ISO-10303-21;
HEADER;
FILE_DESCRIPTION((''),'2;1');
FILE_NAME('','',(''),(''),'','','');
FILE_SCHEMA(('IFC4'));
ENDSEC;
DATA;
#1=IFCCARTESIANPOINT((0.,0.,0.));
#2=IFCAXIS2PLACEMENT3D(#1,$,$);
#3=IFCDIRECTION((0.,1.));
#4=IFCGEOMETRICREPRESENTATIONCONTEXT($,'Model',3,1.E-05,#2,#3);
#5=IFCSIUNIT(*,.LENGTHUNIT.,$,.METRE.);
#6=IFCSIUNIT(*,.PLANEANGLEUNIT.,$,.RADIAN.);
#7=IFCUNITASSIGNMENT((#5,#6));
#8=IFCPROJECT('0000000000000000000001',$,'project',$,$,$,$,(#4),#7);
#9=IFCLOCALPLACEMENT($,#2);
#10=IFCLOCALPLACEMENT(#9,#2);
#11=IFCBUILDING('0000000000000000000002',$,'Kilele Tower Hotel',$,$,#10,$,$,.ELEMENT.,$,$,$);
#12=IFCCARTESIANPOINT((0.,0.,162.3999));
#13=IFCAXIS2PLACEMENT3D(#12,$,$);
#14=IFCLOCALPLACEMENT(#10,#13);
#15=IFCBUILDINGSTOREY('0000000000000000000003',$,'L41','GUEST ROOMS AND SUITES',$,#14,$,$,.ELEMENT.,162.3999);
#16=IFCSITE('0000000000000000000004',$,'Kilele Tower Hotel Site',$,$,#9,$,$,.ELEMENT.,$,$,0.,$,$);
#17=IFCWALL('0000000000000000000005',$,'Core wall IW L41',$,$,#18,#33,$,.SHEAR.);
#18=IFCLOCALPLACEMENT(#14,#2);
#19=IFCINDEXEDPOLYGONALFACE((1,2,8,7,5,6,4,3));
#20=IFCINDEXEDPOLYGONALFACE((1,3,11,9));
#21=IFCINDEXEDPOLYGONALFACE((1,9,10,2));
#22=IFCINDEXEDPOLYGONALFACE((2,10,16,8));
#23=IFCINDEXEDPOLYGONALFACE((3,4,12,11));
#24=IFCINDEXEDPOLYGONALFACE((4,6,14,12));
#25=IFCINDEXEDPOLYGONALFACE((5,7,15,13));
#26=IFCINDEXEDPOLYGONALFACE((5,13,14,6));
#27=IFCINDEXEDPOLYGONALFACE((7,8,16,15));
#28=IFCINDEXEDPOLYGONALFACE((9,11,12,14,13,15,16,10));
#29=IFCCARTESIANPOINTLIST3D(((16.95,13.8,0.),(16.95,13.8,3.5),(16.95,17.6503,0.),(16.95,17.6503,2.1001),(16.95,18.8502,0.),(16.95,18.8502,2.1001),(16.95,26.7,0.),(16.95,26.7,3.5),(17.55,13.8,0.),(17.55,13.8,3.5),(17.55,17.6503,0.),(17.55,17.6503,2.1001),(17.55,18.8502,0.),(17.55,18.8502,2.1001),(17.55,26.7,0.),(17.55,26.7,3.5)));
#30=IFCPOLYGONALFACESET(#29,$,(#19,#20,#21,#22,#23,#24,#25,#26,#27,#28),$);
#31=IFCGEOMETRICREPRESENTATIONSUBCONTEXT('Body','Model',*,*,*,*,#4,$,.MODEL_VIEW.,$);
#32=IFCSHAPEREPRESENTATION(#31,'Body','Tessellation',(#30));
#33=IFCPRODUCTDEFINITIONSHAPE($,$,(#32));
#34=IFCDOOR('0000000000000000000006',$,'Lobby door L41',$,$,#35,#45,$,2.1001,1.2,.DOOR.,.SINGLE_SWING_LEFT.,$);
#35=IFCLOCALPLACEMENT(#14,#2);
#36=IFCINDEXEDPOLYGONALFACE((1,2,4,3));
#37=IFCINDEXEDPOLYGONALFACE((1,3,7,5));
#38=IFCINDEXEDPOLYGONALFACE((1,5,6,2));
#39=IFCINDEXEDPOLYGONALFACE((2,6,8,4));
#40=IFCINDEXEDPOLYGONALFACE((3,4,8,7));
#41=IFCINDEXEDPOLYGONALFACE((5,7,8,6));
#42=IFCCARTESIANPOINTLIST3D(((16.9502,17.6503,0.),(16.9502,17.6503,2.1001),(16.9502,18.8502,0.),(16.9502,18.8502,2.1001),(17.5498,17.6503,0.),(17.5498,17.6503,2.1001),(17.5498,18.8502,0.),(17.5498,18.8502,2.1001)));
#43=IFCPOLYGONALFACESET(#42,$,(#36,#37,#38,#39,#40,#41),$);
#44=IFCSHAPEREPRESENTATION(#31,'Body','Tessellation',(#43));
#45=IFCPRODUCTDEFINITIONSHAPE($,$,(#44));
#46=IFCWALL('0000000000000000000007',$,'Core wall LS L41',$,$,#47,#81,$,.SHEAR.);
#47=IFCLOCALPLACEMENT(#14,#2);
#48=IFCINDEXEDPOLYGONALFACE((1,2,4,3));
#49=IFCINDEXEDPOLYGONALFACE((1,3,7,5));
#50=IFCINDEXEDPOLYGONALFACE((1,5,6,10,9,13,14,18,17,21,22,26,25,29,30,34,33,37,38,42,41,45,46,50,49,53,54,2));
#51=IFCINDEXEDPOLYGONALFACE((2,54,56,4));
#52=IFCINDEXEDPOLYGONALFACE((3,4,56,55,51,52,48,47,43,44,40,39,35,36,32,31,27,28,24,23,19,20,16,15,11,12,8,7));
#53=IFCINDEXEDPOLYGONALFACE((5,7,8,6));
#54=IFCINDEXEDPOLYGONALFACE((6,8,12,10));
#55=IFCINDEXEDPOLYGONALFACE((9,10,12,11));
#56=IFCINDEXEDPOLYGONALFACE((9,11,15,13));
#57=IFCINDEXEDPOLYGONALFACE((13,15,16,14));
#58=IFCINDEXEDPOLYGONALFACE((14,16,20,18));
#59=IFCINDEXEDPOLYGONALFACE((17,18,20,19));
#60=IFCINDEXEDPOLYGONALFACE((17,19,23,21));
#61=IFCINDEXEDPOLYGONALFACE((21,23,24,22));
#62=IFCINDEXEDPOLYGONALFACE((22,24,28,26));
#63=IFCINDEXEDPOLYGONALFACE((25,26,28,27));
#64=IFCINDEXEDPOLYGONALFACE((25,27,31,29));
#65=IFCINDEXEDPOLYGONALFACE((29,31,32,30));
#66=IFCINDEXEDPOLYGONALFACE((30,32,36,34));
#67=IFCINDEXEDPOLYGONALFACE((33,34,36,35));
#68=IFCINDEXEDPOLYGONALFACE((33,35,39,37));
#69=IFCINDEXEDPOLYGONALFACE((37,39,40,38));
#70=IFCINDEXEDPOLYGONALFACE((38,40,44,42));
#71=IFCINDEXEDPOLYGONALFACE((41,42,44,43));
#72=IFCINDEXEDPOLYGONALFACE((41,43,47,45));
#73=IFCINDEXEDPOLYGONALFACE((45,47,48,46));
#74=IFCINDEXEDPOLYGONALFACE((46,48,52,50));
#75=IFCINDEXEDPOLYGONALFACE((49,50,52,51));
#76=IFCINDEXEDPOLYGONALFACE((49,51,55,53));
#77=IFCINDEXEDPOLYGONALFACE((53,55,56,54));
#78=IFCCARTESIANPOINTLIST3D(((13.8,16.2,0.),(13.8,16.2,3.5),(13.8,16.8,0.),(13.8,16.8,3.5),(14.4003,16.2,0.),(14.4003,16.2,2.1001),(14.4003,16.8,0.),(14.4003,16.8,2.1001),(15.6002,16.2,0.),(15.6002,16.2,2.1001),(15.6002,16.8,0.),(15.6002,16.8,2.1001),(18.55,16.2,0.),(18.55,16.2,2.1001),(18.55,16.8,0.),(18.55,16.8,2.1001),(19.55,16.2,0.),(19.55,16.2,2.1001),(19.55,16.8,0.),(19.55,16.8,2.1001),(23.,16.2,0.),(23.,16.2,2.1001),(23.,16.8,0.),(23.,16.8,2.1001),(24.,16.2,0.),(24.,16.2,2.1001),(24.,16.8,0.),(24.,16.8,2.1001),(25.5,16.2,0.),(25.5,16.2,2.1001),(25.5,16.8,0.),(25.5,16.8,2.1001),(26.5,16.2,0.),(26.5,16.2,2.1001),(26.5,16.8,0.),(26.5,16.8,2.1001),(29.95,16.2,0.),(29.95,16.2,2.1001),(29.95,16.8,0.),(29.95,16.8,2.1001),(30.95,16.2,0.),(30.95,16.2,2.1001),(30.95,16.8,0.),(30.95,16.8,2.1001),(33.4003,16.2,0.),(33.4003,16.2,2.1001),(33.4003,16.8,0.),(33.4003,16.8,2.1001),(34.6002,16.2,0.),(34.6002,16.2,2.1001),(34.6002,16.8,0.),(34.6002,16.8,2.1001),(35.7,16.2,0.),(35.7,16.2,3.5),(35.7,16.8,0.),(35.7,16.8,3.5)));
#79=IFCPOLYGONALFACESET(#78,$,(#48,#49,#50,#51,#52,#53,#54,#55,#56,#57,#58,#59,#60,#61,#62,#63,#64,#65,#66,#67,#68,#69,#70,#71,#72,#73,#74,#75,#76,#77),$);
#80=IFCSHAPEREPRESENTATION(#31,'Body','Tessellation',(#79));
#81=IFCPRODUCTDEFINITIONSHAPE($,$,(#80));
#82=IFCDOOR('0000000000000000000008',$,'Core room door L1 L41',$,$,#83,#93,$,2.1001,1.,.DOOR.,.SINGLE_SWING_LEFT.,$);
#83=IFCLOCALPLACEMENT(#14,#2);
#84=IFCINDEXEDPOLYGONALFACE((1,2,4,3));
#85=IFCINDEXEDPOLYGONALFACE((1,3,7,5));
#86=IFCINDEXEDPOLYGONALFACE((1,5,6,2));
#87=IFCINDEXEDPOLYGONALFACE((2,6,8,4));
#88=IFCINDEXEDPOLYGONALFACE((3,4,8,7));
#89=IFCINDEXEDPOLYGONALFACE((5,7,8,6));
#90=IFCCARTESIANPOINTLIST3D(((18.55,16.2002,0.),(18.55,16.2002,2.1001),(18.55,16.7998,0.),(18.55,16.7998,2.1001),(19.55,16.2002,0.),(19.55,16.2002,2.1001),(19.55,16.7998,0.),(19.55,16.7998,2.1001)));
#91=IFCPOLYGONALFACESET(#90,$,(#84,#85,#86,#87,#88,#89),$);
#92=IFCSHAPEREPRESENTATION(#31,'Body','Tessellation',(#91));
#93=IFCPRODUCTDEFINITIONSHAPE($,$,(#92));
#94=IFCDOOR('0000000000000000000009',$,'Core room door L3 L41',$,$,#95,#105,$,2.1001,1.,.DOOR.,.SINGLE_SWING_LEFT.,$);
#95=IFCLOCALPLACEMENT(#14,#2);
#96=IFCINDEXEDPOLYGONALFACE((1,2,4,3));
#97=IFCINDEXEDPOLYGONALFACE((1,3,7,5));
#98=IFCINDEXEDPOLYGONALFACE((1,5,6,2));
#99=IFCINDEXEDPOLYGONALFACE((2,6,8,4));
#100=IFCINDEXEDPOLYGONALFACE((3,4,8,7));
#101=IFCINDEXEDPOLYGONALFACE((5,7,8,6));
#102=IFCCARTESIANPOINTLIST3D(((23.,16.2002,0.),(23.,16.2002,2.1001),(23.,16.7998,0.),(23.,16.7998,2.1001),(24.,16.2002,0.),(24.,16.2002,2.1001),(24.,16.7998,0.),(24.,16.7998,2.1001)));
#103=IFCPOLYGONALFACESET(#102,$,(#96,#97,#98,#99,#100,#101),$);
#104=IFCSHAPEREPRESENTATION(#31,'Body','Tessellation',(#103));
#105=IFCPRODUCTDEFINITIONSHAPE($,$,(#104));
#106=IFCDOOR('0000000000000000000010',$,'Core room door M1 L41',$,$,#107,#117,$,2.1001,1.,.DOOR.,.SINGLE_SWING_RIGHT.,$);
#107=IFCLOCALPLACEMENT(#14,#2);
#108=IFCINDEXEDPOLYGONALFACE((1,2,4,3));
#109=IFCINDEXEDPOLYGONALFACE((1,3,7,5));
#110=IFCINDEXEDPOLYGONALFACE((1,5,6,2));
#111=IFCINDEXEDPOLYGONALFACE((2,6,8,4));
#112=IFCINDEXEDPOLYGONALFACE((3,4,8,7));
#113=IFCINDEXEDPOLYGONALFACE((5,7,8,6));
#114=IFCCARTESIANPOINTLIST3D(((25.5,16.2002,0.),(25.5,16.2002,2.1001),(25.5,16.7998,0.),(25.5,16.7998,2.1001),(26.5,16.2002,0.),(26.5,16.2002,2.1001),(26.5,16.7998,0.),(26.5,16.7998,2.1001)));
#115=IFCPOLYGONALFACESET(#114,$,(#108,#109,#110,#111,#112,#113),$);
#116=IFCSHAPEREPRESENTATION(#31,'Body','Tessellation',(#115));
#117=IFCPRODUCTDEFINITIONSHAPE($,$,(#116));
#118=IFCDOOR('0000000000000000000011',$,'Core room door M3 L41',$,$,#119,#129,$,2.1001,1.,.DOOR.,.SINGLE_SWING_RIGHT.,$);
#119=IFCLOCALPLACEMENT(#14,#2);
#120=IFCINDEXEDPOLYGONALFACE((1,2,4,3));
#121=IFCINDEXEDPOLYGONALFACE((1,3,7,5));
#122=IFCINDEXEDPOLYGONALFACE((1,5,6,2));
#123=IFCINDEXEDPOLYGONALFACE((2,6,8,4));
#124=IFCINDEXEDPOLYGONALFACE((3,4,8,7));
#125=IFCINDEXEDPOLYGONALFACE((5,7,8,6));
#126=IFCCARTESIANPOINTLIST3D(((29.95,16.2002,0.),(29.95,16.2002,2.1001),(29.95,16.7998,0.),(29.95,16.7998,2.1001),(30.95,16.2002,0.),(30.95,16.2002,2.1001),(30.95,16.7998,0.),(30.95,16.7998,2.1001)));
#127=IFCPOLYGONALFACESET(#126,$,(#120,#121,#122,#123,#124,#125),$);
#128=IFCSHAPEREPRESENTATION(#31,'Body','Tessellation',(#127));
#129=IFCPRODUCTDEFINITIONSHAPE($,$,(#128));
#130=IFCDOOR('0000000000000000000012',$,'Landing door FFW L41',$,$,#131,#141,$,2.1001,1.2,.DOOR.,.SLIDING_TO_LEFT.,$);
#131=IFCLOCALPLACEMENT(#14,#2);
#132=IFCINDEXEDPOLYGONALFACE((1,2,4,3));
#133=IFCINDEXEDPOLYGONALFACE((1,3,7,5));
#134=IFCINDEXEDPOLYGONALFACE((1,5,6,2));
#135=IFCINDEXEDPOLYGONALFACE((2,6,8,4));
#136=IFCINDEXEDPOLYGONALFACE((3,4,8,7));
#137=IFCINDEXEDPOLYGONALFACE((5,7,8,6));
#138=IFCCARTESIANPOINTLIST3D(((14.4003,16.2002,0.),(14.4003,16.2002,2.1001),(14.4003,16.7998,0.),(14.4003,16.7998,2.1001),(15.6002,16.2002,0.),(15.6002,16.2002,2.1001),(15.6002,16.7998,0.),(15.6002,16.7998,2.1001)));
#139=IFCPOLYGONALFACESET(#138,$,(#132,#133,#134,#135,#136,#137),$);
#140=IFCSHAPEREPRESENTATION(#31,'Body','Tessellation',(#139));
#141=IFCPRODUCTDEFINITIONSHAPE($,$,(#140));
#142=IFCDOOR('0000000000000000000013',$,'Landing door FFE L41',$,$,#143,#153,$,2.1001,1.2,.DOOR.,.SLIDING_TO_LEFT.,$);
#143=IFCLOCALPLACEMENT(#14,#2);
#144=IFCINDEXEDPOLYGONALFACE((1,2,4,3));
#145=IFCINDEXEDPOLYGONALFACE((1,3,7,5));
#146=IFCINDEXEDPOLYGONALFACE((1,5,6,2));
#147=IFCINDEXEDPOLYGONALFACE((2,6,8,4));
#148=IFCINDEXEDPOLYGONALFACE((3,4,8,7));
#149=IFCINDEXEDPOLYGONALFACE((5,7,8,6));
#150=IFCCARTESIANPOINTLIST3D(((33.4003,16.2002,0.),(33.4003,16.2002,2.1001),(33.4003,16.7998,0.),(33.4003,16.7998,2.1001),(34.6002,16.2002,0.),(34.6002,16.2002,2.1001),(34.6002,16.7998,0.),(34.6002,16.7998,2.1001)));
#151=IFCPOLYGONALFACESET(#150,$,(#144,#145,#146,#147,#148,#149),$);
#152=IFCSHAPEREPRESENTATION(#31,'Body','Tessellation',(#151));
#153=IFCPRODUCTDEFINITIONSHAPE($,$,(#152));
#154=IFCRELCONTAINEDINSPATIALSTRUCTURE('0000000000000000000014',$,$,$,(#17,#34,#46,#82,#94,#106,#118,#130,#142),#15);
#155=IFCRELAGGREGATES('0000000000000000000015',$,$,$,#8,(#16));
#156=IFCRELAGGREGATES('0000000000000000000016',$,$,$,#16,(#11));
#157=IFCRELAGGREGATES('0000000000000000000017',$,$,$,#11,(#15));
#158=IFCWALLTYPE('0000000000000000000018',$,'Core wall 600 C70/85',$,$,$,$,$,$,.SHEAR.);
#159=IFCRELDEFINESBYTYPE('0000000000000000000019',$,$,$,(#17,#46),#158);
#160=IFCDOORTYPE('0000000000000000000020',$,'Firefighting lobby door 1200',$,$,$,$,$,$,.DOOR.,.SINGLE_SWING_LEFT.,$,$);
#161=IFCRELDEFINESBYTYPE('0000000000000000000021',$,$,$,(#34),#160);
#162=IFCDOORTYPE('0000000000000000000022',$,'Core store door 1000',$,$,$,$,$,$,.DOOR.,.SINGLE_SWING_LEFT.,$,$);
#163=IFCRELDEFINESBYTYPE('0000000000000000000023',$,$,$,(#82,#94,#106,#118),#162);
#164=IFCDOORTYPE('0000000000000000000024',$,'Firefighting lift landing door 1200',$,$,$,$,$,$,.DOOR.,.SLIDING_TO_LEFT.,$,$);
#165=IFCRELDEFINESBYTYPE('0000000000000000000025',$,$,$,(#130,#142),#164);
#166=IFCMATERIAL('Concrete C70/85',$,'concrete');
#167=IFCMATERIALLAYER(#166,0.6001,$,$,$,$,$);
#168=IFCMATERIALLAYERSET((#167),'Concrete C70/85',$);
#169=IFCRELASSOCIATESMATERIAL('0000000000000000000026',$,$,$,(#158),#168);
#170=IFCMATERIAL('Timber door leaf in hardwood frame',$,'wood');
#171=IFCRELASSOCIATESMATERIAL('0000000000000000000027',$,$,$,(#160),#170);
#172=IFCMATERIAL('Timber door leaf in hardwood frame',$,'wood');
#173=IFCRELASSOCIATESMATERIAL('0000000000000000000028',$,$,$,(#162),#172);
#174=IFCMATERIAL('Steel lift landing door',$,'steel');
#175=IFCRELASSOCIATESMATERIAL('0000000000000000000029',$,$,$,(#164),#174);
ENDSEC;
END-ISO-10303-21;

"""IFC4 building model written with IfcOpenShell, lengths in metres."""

from ifc_helpers import new_model, si_unit, direction, frame, frame_2d, origin, place, context, subcontext, project, spatial, rectangle, extrude, material, layer, layer_set, type_object, element, fill, save


model = new_model("IFC4")

# Units and contexts
model_context = context("Model", 3, precision=1e-05, world=origin(), true_north=direction((0.0, 1.0)))
body_context = subcontext(model_context, "Body", "Model", "MODEL_VIEW")
ifc_project = project(units=[si_unit("LENGTHUNIT", "METRE"), si_unit("PLANEANGLEUNIT", "RADIAN")], contexts=[model_context])

# Site, building, storey
site_placement = place(None, origin())
site = spatial("IfcSite", under=ifc_project, at=site_placement, Name="Kilele Tower Hotel Site", CompositionType="ELEMENT", RefElevation=0.0)
building_placement = place(site_placement, origin())
building = spatial("IfcBuilding", under=site, at=building_placement, Name="Kilele Tower Hotel", CompositionType="ELEMENT")
storey_placement = place(building_placement, frame((0.0, 0.0, 162.3999)))
storey = spatial("IfcBuildingStorey", under=building, at=storey_placement, Name="L41", Description="GUEST ROOMS AND SUITES", CompositionType="ELEMENT", Elevation=162.3999)

# Wall, opening, door
ifc_material_1 = material(Name="Concrete C70/85", Category="concrete")
ifc_layer_1 = layer(ifc_material_1, 0.6001)
ifc_layer_set_1 = layer_set([ifc_layer_1], Name="Concrete C70/85")
wall_type_1 = type_object("IfcWallType", Name="Core wall 600 C70/85", PredefinedType="SHEAR", material=ifc_layer_set_1)
wall_1_placement = place(storey_placement, frame((17.25, 13.8, 0.0), z_axis=(0.0, 0.0, 1.0), x_axis=(0.0, 1.0, 0.0)))
wall_1 = element("IfcWall", 1, at=wall_1_placement, inside=storey, type_object=wall_type_1, Name="Core wall IW L41", PredefinedType="SHEAR", context=body_context, shape_type="SweptSolid", body=[
    extrude(rectangle(XDim=12.8999, YDim=0.6001, at=frame_2d((6.45, 0.0))), origin(), (0.0, 0.0, 1.0), 3.5),
])
opening_1_placement = place(wall_1_placement, frame((3.8501, 0.0, 0.0)))
opening_1 = element("IfcOpeningElement", 2, at=opening_1_placement, cuts=wall_1, PredefinedType="OPENING", context=body_context, shape_type="SweptSolid", body=[
    extrude(rectangle(XDim=1.2, YDim=2.1001, at=frame_2d((0.6001, 1.05))), frame((0.0, 0.3101, 0.0), z_axis=(0.0, -1.0, 0.0), x_axis=(1.0, 0.0, 0.0)), (0.0, 0.0, 1.0), 0.6201),
])
ifc_material_2 = material(Name="Timber door leaf in hardwood frame", Category="wood")
door_type_1 = type_object("IfcDoorType", Name="Firefighting lobby door 1200", OperationType="SINGLE_SWING_LEFT", PredefinedType="DOOR", material=ifc_material_2)
door_1_placement = place(opening_1_placement, origin())
door_1 = element("IfcDoor", 3, at=door_1_placement, inside=storey, type_object=door_type_1, Name="Lobby door L41", OperationType="SINGLE_SWING_LEFT", OverallHeight=2.1001, OverallWidth=1.2, PredefinedType="DOOR", context=body_context, shape_type="SweptSolid", body=[
    extrude(rectangle(XDim=1.2, YDim=2.1001, at=frame_2d((0.6001, 1.05))), frame((0.0, 0.2998, 0.0), z_axis=(0.0, -1.0, 0.0), x_axis=(1.0, 0.0, 0.0)), (0.0, 0.0, 1.0), 0.5996),
])
fill(opening_1, door_1)

# Wall, openings, doors
wall_2_placement = place(storey_placement, frame((13.8, 16.5, 0.0), z_axis=(0.0, 0.0, 1.0), x_axis=(1.0, 0.0, 0.0)))
wall_2 = element("IfcWall", 4, at=wall_2_placement, inside=storey, type_object=wall_type_1, Name="Core wall LS L41", PredefinedType="SHEAR", context=body_context, shape_type="SweptSolid", body=[
    extrude(rectangle(XDim=21.8999, YDim=0.6001, at=frame_2d((10.95, 0.0))), origin(), (0.0, 0.0, 1.0), 3.5),
])
opening_2_placement = place(wall_2_placement, frame((5.75, 0.0, 0.0), z_axis=(0.0, 0.0, 1.0), x_axis=(-1.0, 0.0, 0.0)))
opening_2 = element("IfcOpeningElement", 5, at=opening_2_placement, cuts=wall_2, PredefinedType="OPENING", context=body_context, shape_type="SweptSolid", body=[
    extrude(rectangle(XDim=1.0, YDim=2.1001, at=frame_2d((0.5, 1.05))), frame((0.0, 0.3101, 0.0), z_axis=(0.0, -1.0, 0.0), x_axis=(1.0, 0.0, 0.0)), (0.0, 0.0, 1.0), 0.6201),
])
opening_3_placement = place(wall_2_placement, frame((10.2, 0.0, 0.0), z_axis=(0.0, 0.0, 1.0), x_axis=(-1.0, 0.0, 0.0)))
opening_3 = element("IfcOpeningElement", 6, at=opening_3_placement, cuts=wall_2, PredefinedType="OPENING", context=body_context, shape_type="SweptSolid", body=[
    extrude(rectangle(XDim=1.0, YDim=2.1001, at=frame_2d((0.5, 1.05))), frame((0.0, 0.3101, 0.0), z_axis=(0.0, -1.0, 0.0), x_axis=(1.0, 0.0, 0.0)), (0.0, 0.0, 1.0), 0.6201),
])
opening_4_placement = place(wall_2_placement, frame((12.7, 0.0, 0.0), z_axis=(0.0, 0.0, 1.0), x_axis=(-1.0, 0.0, 0.0)))
opening_4 = element("IfcOpeningElement", 7, at=opening_4_placement, cuts=wall_2, PredefinedType="OPENING", context=body_context, shape_type="SweptSolid", body=[
    extrude(rectangle(XDim=1.0, YDim=2.1001, at=frame_2d((0.5, 1.05))), frame((0.0, 0.3101, 0.0), z_axis=(0.0, -1.0, 0.0), x_axis=(1.0, 0.0, 0.0)), (0.0, 0.0, 1.0), 0.6201),
])
opening_5_placement = place(wall_2_placement, frame((17.1499, 0.0, 0.0), z_axis=(0.0, 0.0, 1.0), x_axis=(-1.0, 0.0, 0.0)))
opening_5 = element("IfcOpeningElement", 8, at=opening_5_placement, cuts=wall_2, PredefinedType="OPENING", context=body_context, shape_type="SweptSolid", body=[
    extrude(rectangle(XDim=1.0, YDim=2.1001, at=frame_2d((0.5, 1.05))), frame((0.0, 0.3101, 0.0), z_axis=(0.0, -1.0, 0.0), x_axis=(1.0, 0.0, 0.0)), (0.0, 0.0, 1.0), 0.6201),
])
opening_6_placement = place(wall_2_placement, frame((0.6001, 0.0, 0.0)))
opening_6 = element("IfcOpeningElement", 9, at=opening_6_placement, cuts=wall_2, PredefinedType="OPENING", context=body_context, shape_type="SweptSolid", body=[
    extrude(rectangle(XDim=1.2, YDim=2.1001, at=frame_2d((0.6001, 1.05))), frame((0.0, 0.3101, 0.0), z_axis=(0.0, -1.0, 0.0), x_axis=(1.0, 0.0, 0.0)), (0.0, 0.0, 1.0), 0.6201),
])
opening_7_placement = place(wall_2_placement, frame((19.6001, 0.0, 0.0)))
opening_7 = element("IfcOpeningElement", 10, at=opening_7_placement, cuts=wall_2, PredefinedType="OPENING", context=body_context, shape_type="SweptSolid", body=[
    extrude(rectangle(XDim=1.2, YDim=2.1001, at=frame_2d((0.6001, 1.05))), frame((0.0, 0.3101, 0.0), z_axis=(0.0, -1.0, 0.0), x_axis=(1.0, 0.0, 0.0)), (0.0, 0.0, 1.0), 0.6201),
])
ifc_material_3 = material(Name="Timber door leaf in hardwood frame", Category="wood")
door_type_2 = type_object("IfcDoorType", Name="Core store door 1000", OperationType="SINGLE_SWING_LEFT", PredefinedType="DOOR", material=ifc_material_3)
door_2_placement = place(opening_2_placement, origin())
door_2 = element("IfcDoor", 11, at=door_2_placement, inside=storey, type_object=door_type_2, Name="Core room door L1 L41", OperationType="SINGLE_SWING_LEFT", OverallHeight=2.1001, OverallWidth=1.0, PredefinedType="DOOR", context=body_context, shape_type="SweptSolid", body=[
    extrude(rectangle(XDim=1.0, YDim=2.1001, at=frame_2d((0.5, 1.05))), frame((0.0, 0.2998, 0.0), z_axis=(0.0, -1.0, 0.0), x_axis=(1.0, 0.0, 0.0)), (0.0, 0.0, 1.0), 0.5996),
])
fill(opening_2, door_2)
door_3_placement = place(opening_3_placement, origin())
door_3 = element("IfcDoor", 12, at=door_3_placement, inside=storey, type_object=door_type_2, Name="Core room door L3 L41", OperationType="SINGLE_SWING_LEFT", OverallHeight=2.1001, OverallWidth=1.0, PredefinedType="DOOR", context=body_context, shape_type="SweptSolid", body=[
    extrude(rectangle(XDim=1.0, YDim=2.1001, at=frame_2d((0.5, 1.05))), frame((0.0, 0.2998, 0.0), z_axis=(0.0, -1.0, 0.0), x_axis=(1.0, 0.0, 0.0)), (0.0, 0.0, 1.0), 0.5996),
])
fill(opening_3, door_3)
door_4_placement = place(opening_4_placement, origin())
door_4 = element("IfcDoor", 13, at=door_4_placement, inside=storey, type_object=door_type_2, Name="Core room door M1 L41", OperationType="SINGLE_SWING_RIGHT", OverallHeight=2.1001, OverallWidth=1.0, PredefinedType="DOOR", context=body_context, shape_type="SweptSolid", body=[
    extrude(rectangle(XDim=1.0, YDim=2.1001, at=frame_2d((0.5, 1.05))), frame((0.0, 0.2998, 0.0), z_axis=(0.0, -1.0, 0.0), x_axis=(1.0, 0.0, 0.0)), (0.0, 0.0, 1.0), 0.5996),
])
fill(opening_4, door_4)
door_5_placement = place(opening_5_placement, origin())
door_5 = element("IfcDoor", 14, at=door_5_placement, inside=storey, type_object=door_type_2, Name="Core room door M3 L41", OperationType="SINGLE_SWING_RIGHT", OverallHeight=2.1001, OverallWidth=1.0, PredefinedType="DOOR", context=body_context, shape_type="SweptSolid", body=[
    extrude(rectangle(XDim=1.0, YDim=2.1001, at=frame_2d((0.5, 1.05))), frame((0.0, 0.2998, 0.0), z_axis=(0.0, -1.0, 0.0), x_axis=(1.0, 0.0, 0.0)), (0.0, 0.0, 1.0), 0.5996),
])
fill(opening_5, door_5)
ifc_material_4 = material(Name="Steel lift landing door", Category="steel")
door_type_3 = type_object("IfcDoorType", Name="Firefighting lift landing door 1200", OperationType="SLIDING_TO_LEFT", PredefinedType="DOOR", material=ifc_material_4)
door_6_placement = place(opening_6_placement, origin())
door_6 = element("IfcDoor", 15, at=door_6_placement, inside=storey, type_object=door_type_3, Name="Landing door FFW L41", OperationType="SLIDING_TO_LEFT", OverallHeight=2.1001, OverallWidth=1.2, PredefinedType="DOOR", context=body_context, shape_type="SweptSolid", body=[
    extrude(rectangle(XDim=1.2, YDim=2.1001, at=frame_2d((0.6001, 1.05))), frame((0.0, 0.2998, 0.0), z_axis=(0.0, -1.0, 0.0), x_axis=(1.0, 0.0, 0.0)), (0.0, 0.0, 1.0), 0.5996),
])
fill(opening_6, door_6)
door_7_placement = place(opening_7_placement, origin())
door_7 = element("IfcDoor", 16, at=door_7_placement, inside=storey, type_object=door_type_3, Name="Landing door FFE L41", OperationType="SLIDING_TO_LEFT", OverallHeight=2.1001, OverallWidth=1.2, PredefinedType="DOOR", context=body_context, shape_type="SweptSolid", body=[
    extrude(rectangle(XDim=1.2, YDim=2.1001, at=frame_2d((0.6001, 1.05))), frame((0.0, 0.2998, 0.0), z_axis=(0.0, -1.0, 0.0), x_axis=(1.0, 0.0, 0.0)), (0.0, 0.0, 1.0), 0.5996),
])
fill(opening_7, door_7)

save(model, "model.ifc")
